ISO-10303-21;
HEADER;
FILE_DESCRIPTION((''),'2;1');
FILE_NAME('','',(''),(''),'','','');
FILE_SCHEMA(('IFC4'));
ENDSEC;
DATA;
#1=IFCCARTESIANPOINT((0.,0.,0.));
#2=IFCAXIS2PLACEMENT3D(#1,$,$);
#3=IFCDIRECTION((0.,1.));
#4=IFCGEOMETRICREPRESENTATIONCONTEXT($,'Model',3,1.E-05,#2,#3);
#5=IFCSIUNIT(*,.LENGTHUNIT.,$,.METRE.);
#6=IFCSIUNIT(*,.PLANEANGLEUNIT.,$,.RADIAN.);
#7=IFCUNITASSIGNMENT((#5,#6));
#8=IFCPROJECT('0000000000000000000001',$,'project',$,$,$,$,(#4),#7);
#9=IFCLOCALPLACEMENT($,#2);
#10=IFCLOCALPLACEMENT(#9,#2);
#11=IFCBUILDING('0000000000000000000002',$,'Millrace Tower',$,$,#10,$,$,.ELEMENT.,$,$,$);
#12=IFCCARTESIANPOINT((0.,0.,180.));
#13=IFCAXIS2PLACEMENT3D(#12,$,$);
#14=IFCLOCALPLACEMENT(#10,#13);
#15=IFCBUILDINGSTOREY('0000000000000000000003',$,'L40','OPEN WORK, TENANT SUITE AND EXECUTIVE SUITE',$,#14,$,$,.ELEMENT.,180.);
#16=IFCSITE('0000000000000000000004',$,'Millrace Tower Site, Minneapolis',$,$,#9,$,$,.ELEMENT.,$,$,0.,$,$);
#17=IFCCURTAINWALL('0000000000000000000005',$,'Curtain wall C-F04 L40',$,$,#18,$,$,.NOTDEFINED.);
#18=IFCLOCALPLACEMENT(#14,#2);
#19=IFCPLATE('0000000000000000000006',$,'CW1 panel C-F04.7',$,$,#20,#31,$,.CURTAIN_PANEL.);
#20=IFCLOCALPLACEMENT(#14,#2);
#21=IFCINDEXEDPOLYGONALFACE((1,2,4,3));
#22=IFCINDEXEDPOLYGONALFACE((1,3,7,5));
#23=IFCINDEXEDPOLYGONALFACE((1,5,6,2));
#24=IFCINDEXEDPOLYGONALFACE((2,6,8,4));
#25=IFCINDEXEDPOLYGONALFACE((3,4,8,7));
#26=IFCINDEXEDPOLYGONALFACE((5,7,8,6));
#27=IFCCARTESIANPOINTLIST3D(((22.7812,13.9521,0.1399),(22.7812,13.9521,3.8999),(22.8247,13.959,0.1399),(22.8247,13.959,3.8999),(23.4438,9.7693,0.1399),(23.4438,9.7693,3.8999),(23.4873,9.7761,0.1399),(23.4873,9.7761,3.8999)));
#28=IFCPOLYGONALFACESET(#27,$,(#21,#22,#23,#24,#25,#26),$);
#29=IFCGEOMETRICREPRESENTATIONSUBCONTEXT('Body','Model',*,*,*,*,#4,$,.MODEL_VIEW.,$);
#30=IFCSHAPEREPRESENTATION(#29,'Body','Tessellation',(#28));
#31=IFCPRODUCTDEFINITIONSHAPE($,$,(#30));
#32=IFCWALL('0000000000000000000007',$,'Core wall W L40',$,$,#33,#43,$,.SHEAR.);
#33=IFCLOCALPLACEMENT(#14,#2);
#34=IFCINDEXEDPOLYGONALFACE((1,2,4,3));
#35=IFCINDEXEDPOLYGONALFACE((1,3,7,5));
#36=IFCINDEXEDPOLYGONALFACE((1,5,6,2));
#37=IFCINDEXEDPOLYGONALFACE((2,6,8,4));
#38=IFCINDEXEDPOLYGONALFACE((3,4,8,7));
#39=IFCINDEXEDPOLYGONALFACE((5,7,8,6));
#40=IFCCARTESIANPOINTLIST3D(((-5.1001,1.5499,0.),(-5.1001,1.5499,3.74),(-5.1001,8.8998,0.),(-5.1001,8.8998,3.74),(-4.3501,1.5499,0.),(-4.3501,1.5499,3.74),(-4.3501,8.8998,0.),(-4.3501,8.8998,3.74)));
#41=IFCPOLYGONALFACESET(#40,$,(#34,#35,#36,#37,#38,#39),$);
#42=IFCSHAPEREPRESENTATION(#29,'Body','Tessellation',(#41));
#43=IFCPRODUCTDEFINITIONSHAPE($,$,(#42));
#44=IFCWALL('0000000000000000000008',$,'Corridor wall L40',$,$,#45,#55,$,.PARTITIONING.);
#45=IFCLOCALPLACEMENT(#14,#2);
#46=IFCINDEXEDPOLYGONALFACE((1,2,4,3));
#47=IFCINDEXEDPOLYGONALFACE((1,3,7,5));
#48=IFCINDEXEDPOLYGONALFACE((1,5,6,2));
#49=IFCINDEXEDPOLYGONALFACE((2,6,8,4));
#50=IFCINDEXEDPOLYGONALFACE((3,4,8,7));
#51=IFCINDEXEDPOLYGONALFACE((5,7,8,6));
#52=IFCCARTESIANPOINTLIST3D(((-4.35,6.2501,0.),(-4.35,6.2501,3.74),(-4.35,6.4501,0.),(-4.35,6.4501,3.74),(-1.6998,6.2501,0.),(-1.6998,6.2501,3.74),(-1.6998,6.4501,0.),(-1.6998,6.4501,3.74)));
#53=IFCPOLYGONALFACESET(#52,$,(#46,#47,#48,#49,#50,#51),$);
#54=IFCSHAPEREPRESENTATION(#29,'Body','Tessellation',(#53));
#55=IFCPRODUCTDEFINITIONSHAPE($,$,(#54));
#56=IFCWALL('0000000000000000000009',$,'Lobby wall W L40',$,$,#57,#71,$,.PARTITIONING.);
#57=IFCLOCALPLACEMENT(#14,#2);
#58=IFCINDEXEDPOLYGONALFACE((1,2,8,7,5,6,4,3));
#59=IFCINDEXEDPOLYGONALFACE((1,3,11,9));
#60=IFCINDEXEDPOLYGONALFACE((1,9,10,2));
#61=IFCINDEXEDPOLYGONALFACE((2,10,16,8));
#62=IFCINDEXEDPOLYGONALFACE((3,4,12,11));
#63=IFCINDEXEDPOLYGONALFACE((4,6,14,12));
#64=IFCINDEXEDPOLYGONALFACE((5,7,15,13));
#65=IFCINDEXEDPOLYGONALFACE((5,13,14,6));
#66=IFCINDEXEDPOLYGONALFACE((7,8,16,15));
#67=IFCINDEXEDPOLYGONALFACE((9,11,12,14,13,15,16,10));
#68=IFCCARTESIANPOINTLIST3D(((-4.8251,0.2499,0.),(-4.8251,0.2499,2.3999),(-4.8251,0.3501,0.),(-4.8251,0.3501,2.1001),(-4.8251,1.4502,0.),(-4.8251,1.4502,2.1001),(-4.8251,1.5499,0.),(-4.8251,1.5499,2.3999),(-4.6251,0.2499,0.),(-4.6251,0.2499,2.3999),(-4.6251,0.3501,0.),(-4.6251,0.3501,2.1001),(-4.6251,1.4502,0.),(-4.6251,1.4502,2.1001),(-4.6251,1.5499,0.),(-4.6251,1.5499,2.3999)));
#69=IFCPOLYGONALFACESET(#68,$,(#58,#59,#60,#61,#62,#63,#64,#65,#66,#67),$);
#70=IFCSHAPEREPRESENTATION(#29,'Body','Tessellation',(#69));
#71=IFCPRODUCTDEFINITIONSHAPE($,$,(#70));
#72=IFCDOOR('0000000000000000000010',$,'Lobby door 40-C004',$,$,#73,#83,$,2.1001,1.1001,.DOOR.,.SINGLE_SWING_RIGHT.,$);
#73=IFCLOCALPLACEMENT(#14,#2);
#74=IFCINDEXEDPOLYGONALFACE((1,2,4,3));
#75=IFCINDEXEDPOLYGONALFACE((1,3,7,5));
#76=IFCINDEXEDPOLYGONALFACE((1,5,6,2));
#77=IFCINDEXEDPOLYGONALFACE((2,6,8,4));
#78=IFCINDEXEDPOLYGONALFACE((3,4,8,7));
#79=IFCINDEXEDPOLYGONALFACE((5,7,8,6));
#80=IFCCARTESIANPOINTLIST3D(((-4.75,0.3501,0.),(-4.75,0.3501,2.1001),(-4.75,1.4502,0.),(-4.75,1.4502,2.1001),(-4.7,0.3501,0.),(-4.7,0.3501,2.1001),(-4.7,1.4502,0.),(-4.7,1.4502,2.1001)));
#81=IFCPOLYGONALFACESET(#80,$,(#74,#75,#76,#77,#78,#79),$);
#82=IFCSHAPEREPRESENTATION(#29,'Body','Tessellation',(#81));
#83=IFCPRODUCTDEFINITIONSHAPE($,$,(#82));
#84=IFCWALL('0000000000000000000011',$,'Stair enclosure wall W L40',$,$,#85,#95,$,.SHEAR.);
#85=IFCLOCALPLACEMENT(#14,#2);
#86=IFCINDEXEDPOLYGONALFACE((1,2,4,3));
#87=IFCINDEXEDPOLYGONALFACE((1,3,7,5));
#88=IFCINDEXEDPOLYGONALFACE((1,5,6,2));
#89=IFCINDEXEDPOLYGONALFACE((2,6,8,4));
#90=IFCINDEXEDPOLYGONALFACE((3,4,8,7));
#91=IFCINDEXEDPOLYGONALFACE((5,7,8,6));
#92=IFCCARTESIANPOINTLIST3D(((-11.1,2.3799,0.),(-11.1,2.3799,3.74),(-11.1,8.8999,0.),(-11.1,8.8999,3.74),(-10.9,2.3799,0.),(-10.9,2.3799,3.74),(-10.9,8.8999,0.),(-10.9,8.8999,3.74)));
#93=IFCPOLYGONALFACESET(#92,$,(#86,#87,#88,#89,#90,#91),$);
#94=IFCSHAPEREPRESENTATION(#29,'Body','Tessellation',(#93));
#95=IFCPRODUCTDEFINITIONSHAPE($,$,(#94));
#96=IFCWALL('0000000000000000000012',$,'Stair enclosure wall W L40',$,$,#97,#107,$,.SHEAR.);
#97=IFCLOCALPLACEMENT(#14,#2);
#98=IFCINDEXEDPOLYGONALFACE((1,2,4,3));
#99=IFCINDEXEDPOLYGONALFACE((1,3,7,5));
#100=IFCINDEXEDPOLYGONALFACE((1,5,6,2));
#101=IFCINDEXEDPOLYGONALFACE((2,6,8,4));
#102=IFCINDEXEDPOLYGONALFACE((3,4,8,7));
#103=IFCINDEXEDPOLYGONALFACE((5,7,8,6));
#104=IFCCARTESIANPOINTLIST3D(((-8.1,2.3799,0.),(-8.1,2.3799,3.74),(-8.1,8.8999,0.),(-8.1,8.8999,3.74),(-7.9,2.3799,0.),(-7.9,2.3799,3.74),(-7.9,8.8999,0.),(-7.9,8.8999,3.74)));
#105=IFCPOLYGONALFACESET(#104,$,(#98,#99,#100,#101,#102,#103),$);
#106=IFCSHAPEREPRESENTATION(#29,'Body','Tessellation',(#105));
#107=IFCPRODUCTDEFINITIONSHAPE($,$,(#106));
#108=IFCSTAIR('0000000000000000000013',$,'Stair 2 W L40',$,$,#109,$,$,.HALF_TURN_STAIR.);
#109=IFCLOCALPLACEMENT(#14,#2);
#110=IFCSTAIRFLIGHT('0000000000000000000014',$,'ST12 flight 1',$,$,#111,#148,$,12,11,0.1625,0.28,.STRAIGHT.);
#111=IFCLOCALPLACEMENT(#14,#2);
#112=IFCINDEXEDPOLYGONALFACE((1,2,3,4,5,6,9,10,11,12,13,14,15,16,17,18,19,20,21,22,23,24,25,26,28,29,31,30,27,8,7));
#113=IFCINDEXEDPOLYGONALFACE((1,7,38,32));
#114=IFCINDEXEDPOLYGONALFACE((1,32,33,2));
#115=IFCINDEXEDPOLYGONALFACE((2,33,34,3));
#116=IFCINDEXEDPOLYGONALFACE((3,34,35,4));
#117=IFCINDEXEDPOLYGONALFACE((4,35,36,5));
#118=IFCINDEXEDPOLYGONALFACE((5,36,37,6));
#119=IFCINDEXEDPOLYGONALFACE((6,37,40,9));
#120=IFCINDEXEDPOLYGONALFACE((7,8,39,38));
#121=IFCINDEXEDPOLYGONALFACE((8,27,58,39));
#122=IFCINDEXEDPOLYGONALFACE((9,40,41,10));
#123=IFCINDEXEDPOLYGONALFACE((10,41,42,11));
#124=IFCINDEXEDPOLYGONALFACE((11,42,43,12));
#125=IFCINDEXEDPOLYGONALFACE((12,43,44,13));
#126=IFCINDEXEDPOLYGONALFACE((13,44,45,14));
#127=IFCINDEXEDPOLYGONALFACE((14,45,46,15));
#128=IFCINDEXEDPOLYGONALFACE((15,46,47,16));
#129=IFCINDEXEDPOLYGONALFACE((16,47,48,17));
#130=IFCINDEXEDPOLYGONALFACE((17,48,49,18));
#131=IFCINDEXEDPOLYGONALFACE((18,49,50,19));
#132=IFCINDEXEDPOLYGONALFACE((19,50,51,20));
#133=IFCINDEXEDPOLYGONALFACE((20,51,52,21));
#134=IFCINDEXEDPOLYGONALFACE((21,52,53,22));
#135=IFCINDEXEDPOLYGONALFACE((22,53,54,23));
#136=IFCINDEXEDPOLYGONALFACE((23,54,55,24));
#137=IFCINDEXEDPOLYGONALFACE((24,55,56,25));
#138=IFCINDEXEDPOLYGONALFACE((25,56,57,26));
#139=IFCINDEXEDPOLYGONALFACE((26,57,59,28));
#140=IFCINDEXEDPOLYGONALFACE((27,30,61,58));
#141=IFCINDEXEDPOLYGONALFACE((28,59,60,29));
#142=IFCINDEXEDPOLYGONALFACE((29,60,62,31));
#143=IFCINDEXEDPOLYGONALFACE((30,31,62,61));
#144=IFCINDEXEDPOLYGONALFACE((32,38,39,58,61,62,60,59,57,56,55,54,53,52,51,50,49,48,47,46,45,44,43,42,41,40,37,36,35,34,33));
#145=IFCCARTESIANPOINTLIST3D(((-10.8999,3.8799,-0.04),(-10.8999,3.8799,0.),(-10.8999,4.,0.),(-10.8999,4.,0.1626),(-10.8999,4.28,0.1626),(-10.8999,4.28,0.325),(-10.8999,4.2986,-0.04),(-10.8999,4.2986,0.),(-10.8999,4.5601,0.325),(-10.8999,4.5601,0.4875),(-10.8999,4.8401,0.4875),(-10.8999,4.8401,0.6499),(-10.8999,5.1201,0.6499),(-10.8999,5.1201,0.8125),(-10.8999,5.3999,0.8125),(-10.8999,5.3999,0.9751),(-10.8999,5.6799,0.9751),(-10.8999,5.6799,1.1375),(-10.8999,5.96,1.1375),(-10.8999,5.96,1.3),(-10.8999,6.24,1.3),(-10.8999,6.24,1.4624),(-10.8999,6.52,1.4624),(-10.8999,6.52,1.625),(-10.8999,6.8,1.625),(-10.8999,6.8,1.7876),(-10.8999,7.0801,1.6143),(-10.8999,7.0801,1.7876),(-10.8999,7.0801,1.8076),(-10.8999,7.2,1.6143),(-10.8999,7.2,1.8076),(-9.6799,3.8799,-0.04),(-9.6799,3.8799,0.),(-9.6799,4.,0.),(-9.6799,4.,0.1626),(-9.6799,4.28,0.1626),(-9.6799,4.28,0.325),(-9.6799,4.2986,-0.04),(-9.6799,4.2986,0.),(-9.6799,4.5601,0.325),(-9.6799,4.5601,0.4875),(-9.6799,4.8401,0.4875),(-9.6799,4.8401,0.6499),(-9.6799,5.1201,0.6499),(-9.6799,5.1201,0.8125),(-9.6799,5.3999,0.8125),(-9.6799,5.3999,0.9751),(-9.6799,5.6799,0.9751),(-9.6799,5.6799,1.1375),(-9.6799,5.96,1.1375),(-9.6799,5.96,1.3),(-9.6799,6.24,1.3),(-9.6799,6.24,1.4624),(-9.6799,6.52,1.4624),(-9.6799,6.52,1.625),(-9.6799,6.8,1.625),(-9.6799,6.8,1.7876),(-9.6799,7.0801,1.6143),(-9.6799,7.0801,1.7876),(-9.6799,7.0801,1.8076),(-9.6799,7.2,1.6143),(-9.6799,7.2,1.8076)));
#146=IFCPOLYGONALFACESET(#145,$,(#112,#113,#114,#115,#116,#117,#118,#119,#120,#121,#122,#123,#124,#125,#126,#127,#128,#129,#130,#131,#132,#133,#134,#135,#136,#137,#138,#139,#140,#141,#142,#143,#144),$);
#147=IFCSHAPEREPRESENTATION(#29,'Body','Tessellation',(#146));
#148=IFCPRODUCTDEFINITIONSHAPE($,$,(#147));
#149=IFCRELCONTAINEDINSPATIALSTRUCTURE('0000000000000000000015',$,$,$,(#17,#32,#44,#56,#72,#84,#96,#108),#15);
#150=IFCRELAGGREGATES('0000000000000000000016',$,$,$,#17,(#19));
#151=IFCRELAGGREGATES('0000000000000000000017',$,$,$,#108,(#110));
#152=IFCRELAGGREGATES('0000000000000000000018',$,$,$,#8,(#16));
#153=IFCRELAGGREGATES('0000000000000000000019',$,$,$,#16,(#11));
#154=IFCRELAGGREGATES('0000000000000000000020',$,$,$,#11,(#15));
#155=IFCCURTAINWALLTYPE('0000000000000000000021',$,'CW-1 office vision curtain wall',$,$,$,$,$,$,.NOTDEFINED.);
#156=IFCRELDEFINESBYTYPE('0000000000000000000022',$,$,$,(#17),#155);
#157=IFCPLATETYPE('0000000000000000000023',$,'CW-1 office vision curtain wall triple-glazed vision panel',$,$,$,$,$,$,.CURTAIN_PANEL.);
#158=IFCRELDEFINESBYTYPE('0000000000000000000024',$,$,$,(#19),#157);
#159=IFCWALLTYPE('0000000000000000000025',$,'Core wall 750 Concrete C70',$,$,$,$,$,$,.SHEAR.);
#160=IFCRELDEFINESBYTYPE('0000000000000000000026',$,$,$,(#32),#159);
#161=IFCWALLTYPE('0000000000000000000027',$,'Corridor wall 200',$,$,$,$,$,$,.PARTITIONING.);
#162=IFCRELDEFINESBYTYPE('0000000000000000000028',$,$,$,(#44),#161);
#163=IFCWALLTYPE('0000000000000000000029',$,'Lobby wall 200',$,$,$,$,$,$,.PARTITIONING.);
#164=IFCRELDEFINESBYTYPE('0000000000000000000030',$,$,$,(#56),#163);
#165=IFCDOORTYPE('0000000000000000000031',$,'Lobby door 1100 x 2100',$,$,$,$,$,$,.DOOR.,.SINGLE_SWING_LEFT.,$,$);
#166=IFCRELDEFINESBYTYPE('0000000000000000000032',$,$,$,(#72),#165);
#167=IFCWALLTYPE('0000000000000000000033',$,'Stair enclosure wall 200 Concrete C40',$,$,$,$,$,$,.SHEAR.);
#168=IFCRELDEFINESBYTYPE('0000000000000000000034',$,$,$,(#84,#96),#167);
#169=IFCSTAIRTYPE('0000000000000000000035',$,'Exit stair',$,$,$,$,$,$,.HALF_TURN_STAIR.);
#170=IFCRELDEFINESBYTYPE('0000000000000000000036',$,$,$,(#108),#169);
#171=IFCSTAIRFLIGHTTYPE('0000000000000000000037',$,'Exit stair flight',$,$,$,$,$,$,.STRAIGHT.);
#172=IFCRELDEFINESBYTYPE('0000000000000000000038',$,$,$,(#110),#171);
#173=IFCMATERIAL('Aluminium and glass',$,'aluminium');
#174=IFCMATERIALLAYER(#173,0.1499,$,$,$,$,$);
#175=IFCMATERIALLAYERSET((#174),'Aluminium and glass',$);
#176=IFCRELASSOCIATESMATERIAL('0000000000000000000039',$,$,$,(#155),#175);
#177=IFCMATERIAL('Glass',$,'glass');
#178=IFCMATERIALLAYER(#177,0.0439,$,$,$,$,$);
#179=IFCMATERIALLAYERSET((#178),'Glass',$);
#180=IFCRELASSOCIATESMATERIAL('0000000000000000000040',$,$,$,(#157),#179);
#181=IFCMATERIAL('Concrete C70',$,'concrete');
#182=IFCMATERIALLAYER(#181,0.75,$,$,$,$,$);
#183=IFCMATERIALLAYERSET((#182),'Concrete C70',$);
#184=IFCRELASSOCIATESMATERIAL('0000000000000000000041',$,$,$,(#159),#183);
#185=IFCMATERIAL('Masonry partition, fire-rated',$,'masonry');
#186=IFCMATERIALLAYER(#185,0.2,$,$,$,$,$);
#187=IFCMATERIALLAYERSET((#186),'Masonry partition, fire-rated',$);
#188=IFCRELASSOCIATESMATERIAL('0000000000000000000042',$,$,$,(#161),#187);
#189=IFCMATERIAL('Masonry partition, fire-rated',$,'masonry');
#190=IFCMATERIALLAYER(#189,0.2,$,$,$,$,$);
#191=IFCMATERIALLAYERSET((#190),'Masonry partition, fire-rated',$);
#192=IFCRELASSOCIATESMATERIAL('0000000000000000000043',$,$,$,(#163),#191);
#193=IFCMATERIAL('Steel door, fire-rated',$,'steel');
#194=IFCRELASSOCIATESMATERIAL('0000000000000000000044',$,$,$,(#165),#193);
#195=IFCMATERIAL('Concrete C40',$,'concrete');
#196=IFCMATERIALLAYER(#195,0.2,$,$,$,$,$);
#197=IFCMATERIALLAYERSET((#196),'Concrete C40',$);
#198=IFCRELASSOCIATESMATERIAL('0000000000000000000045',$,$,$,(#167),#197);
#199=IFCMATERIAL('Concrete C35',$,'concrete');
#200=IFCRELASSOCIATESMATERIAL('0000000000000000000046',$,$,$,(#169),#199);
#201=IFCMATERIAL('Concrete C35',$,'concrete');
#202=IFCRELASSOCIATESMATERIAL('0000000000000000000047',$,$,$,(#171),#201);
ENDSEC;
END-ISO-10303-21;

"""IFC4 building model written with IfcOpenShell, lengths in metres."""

from ifc_helpers import new_model, si_unit, direction, frame, frame_2d, origin, place, context, subcontext, project, spatial, polyline, rectangle, outline, extrude, material, layer, layer_set, type_object, element, fill, aggregate, save


model = new_model("IFC4")

# Units and contexts
model_context = context("Model", 3, precision=1e-05, world=origin(), true_north=direction((0.0, 1.0)))
body_context = subcontext(model_context, "Body", "Model", "MODEL_VIEW")
ifc_project = project(units=[si_unit("LENGTHUNIT", "METRE"), si_unit("PLANEANGLEUNIT", "RADIAN")], contexts=[model_context])

# Site, building, storey
site_placement = place(None, origin())
site = spatial("IfcSite", under=ifc_project, at=site_placement, Name="Millrace Tower Site, Minneapolis", CompositionType="ELEMENT", RefElevation=0.0)
building_placement = place(site_placement, origin())
building = spatial("IfcBuilding", under=site, at=building_placement, Name="Millrace Tower", CompositionType="ELEMENT")
storey_placement = place(building_placement, frame((0.0, 0.0, 180.0)))
storey = spatial("IfcBuildingStorey", under=building, at=storey_placement, Name="L40", Description="OPEN WORK, TENANT SUITE AND EXECUTIVE SUITE", CompositionType="ELEMENT", Elevation=180.0)

# Shared definitions
ifc_material_1 = material(Name="Aluminium and glass", Category="aluminium")
ifc_layer_1 = layer(ifc_material_1, 0.1499)
ifc_layer_set_1 = layer_set([ifc_layer_1], Name="Aluminium and glass")
curtain_wall_type = type_object("IfcCurtainWallType", Name="CW-1 office vision curtain wall", PredefinedType="NOTDEFINED", material=ifc_layer_set_1)
placement_1 = place(storey_placement, origin())
ifc_material_2 = material(Name="Glass", Category="glass")
ifc_layer_2 = layer(ifc_material_2, 0.0439)
ifc_layer_set_2 = layer_set([ifc_layer_2], Name="Glass")
plate_type = type_object("IfcPlateType", Name="CW-1 office vision curtain wall triple-glazed vision panel", PredefinedType="CURTAIN_PANEL", material=ifc_layer_set_2)
placement_2 = place(storey_placement, frame((0.0, 0.0, 0.1399)))

# Curtain wall, plate
curtain_wall_1 = element("IfcCurtainWall", 1, at=placement_1, inside=storey, type_object=curtain_wall_type, Name="Curtain wall C-F04 L40", PredefinedType="NOTDEFINED")
plate_1 = element("IfcPlate", 2, at=placement_2, type_object=plate_type, Name="CW1 panel C-F04.7", PredefinedType="CURTAIN_PANEL", context=body_context, shape_type="SweptSolid", body=[
    extrude(outline(polyline([(23.4873, 9.7761), (22.8247, 13.959), (22.7812, 13.9521), (23.4438, 9.7693), (23.4873, 9.7761)])), origin(), (0.0, 0.0, 1.0), 3.76),
])
aggregate(curtain_wall_1, [plate_1])

# Walls
ifc_material_3 = material(Name="Concrete C70", Category="concrete")
ifc_layer_3 = layer(ifc_material_3, 0.75)
ifc_layer_set_3 = layer_set([ifc_layer_3], Name="Concrete C70")
wall_type_1 = type_object("IfcWallType", Name="Core wall 750 Concrete C70", PredefinedType="SHEAR", material=ifc_layer_set_3)
wall_1_placement = place(storey_placement, frame((-4.7251, 1.55, 0.0), z_axis=(0.0, 0.0, 1.0), x_axis=(0.0, 1.0, 0.0)))
element("IfcWall", 3, at=wall_1_placement, inside=storey, type_object=wall_type_1, Name="Core wall W L40", PredefinedType="SHEAR", context=body_context, shape_type="SweptSolid", body=[
    extrude(rectangle(XDim=7.3499, YDim=0.75, at=frame_2d((3.6748, 0.0))), origin(), (0.0, 0.0, 1.0), 3.74),
])
ifc_material_4 = material(Name="Masonry partition, fire-rated", Category="masonry")
ifc_layer_4 = layer(ifc_material_4, 0.2)
ifc_layer_set_4 = layer_set([ifc_layer_4], Name="Masonry partition, fire-rated")
wall_type_2 = type_object("IfcWallType", Name="Corridor wall 200", PredefinedType="PARTITIONING", material=ifc_layer_set_4)
wall_2_placement = place(storey_placement, frame((-4.3501, 6.3501, 0.0), z_axis=(0.0, 0.0, 1.0), x_axis=(1.0, 0.0, 0.0)))
element("IfcWall", 4, at=wall_2_placement, inside=storey, type_object=wall_type_2, Name="Corridor wall L40", PredefinedType="PARTITIONING", context=body_context, shape_type="SweptSolid", body=[
    extrude(rectangle(XDim=2.6501, YDim=0.2, at=frame_2d((1.3252, 0.0))), origin(), (0.0, 0.0, 1.0), 3.74),
])

# Wall, opening, door
ifc_material_5 = material(Name="Masonry partition, fire-rated", Category="masonry")
ifc_layer_5 = layer(ifc_material_5, 0.2)
ifc_layer_set_5 = layer_set([ifc_layer_5], Name="Masonry partition, fire-rated")
wall_type_3 = type_object("IfcWallType", Name="Lobby wall 200", PredefinedType="PARTITIONING", material=ifc_layer_set_5)
wall_3_placement = place(storey_placement, frame((-4.7251, 0.25, 0.0), z_axis=(0.0, 0.0, 1.0), x_axis=(0.0, 1.0, 0.0)))
wall_3 = element("IfcWall", 5, at=wall_3_placement, inside=storey, type_object=wall_type_3, Name="Lobby wall W L40", PredefinedType="PARTITIONING", context=body_context, shape_type="SweptSolid", body=[
    extrude(rectangle(XDim=1.3, YDim=0.2, at=frame_2d((0.6499, 0.0))), origin(), (0.0, 0.0, 1.0), 2.3999),
])
opening_placement = place(wall_3_placement, frame((0.1001, 0.0, 0.0)))
opening = element("IfcOpeningElement", 6, at=opening_placement, cuts=wall_3, PredefinedType="OPENING", context=body_context, shape_type="SweptSolid", body=[
    extrude(rectangle(XDim=1.1001, YDim=2.1001, at=frame_2d((0.55, 1.05))), frame((0.0, 0.1099, 0.0), z_axis=(0.0, -1.0, 0.0), x_axis=(1.0, 0.0, 0.0)), (0.0, 0.0, 1.0), 0.22),
])
ifc_material_6 = material(Name="Steel door, fire-rated", Category="steel")
door_type = type_object("IfcDoorType", Name="Lobby door 1100 x 2100", OperationType="SINGLE_SWING_LEFT", PredefinedType="DOOR", material=ifc_material_6)
door_placement = place(opening_placement, origin())
door = element("IfcDoor", 7, at=door_placement, inside=storey, type_object=door_type, Name="Lobby door 40-C004", OperationType="SINGLE_SWING_RIGHT", OverallHeight=2.1001, OverallWidth=1.1001, PredefinedType="DOOR", context=body_context, shape_type="SweptSolid", body=[
    extrude(rectangle(XDim=1.1001, YDim=2.1001, at=frame_2d((0.55, 1.05))), frame((0.0, 0.0249, 0.0), z_axis=(0.0, -1.0, 0.0), x_axis=(1.0, 0.0, 0.0)), (0.0, 0.0, 1.0), 0.05),
])
fill(opening, door)

# Walls
ifc_material_7 = material(Name="Concrete C40", Category="concrete")
ifc_layer_6 = layer(ifc_material_7, 0.2)
ifc_layer_set_6 = layer_set([ifc_layer_6], Name="Concrete C40")
wall_type_4 = type_object("IfcWallType", Name="Stair enclosure wall 200 Concrete C40", PredefinedType="SHEAR", material=ifc_layer_set_6)
for number, where, z_axis, x_axis, name in (
    (8, (-11.0, 2.3799, 0.0), (0.0, 0.0, 1.0), (0.0, 1.0, 0.0), "Stair enclosure wall W L40"),
    (9, (-8.0, 2.3799, 0.0), (0.0, 0.0, 1.0), (0.0, 1.0, 0.0), "Stair enclosure wall W L40"),
):
    element("IfcWall", number, at=place(storey_placement, frame(where, z_axis=z_axis, x_axis=x_axis)), inside=storey, type_object=wall_type_4, Name=name, PredefinedType="SHEAR", context=body_context, shape_type="SweptSolid", body=[
        extrude(rectangle(XDim=6.52, YDim=0.2, at=frame_2d((3.26, 0.0))), origin(), (0.0, 0.0, 1.0), 3.74),
    ])

# Stair, stair flight
ifc_material_8 = material(Name="Concrete C35", Category="concrete")
stair_type = type_object("IfcStairType", Name="Exit stair", PredefinedType="HALF_TURN_STAIR", material=ifc_material_8)
stair_1 = element("IfcStair", 10, at=placement_1, inside=storey, type_object=stair_type, Name="Stair 2 W L40", PredefinedType="HALF_TURN_STAIR")
ifc_material_9 = material(Name="Concrete C35", Category="concrete")
stair_flight_type = type_object("IfcStairFlightType", Name="Exit stair flight", PredefinedType="STRAIGHT", material=ifc_material_9)
stair_flight_1_placement = place(storey_placement, frame((-10.29, 4.0, 0.0), z_axis=(0.0, 0.0, 1.0), x_axis=(0.0, 1.0, 0.0)))
stair_flight_1 = element("IfcStairFlight", 11, at=stair_flight_1_placement, type_object=stair_flight_type, Name="ST12 flight 1", NumberOfRisers=12, NumberOfTreads=11, PredefinedType="STRAIGHT", RiserHeight=0.1625, TreadLength=0.28, context=body_context, shape_type="SweptSolid", body=[
    extrude(outline(polyline([(-0.1201, -0.04), (-0.1201, 0.0), (0.0, 0.0), (0.0, 0.1626), (0.28, 0.1626), (0.28, 0.325), (0.5601, 0.325), (0.5601, 0.4875), (0.8401, 0.4875), (0.8401, 0.6499), (1.1201, 0.6499), (1.1201, 0.8125), (1.3999, 0.8125), (1.3999, 0.9751), (1.6799, 0.9751), (1.6799, 1.1375), (1.96, 1.1375), (1.96, 1.3), (2.24, 1.3), (2.24, 1.4624), (2.52, 1.4624), (2.52, 1.625), (2.8, 1.625), (2.8, 1.7876), (3.0801, 1.7876), (3.0801, 1.8076), (3.2, 1.8076), (3.2, 1.6143), (3.0801, 1.6143), (0.2986, 0.0), (0.2986, -0.04), (-0.1201, -0.04)])), frame((0.0, 0.6099, 0.0), z_axis=(0.0, -1.0, 0.0), x_axis=(1.0, 0.0, 0.0)), (0.0, 0.0, 1.0), 1.22),
])
aggregate(stair_1, [stair_flight_1])

save(model, "model.ifc")
